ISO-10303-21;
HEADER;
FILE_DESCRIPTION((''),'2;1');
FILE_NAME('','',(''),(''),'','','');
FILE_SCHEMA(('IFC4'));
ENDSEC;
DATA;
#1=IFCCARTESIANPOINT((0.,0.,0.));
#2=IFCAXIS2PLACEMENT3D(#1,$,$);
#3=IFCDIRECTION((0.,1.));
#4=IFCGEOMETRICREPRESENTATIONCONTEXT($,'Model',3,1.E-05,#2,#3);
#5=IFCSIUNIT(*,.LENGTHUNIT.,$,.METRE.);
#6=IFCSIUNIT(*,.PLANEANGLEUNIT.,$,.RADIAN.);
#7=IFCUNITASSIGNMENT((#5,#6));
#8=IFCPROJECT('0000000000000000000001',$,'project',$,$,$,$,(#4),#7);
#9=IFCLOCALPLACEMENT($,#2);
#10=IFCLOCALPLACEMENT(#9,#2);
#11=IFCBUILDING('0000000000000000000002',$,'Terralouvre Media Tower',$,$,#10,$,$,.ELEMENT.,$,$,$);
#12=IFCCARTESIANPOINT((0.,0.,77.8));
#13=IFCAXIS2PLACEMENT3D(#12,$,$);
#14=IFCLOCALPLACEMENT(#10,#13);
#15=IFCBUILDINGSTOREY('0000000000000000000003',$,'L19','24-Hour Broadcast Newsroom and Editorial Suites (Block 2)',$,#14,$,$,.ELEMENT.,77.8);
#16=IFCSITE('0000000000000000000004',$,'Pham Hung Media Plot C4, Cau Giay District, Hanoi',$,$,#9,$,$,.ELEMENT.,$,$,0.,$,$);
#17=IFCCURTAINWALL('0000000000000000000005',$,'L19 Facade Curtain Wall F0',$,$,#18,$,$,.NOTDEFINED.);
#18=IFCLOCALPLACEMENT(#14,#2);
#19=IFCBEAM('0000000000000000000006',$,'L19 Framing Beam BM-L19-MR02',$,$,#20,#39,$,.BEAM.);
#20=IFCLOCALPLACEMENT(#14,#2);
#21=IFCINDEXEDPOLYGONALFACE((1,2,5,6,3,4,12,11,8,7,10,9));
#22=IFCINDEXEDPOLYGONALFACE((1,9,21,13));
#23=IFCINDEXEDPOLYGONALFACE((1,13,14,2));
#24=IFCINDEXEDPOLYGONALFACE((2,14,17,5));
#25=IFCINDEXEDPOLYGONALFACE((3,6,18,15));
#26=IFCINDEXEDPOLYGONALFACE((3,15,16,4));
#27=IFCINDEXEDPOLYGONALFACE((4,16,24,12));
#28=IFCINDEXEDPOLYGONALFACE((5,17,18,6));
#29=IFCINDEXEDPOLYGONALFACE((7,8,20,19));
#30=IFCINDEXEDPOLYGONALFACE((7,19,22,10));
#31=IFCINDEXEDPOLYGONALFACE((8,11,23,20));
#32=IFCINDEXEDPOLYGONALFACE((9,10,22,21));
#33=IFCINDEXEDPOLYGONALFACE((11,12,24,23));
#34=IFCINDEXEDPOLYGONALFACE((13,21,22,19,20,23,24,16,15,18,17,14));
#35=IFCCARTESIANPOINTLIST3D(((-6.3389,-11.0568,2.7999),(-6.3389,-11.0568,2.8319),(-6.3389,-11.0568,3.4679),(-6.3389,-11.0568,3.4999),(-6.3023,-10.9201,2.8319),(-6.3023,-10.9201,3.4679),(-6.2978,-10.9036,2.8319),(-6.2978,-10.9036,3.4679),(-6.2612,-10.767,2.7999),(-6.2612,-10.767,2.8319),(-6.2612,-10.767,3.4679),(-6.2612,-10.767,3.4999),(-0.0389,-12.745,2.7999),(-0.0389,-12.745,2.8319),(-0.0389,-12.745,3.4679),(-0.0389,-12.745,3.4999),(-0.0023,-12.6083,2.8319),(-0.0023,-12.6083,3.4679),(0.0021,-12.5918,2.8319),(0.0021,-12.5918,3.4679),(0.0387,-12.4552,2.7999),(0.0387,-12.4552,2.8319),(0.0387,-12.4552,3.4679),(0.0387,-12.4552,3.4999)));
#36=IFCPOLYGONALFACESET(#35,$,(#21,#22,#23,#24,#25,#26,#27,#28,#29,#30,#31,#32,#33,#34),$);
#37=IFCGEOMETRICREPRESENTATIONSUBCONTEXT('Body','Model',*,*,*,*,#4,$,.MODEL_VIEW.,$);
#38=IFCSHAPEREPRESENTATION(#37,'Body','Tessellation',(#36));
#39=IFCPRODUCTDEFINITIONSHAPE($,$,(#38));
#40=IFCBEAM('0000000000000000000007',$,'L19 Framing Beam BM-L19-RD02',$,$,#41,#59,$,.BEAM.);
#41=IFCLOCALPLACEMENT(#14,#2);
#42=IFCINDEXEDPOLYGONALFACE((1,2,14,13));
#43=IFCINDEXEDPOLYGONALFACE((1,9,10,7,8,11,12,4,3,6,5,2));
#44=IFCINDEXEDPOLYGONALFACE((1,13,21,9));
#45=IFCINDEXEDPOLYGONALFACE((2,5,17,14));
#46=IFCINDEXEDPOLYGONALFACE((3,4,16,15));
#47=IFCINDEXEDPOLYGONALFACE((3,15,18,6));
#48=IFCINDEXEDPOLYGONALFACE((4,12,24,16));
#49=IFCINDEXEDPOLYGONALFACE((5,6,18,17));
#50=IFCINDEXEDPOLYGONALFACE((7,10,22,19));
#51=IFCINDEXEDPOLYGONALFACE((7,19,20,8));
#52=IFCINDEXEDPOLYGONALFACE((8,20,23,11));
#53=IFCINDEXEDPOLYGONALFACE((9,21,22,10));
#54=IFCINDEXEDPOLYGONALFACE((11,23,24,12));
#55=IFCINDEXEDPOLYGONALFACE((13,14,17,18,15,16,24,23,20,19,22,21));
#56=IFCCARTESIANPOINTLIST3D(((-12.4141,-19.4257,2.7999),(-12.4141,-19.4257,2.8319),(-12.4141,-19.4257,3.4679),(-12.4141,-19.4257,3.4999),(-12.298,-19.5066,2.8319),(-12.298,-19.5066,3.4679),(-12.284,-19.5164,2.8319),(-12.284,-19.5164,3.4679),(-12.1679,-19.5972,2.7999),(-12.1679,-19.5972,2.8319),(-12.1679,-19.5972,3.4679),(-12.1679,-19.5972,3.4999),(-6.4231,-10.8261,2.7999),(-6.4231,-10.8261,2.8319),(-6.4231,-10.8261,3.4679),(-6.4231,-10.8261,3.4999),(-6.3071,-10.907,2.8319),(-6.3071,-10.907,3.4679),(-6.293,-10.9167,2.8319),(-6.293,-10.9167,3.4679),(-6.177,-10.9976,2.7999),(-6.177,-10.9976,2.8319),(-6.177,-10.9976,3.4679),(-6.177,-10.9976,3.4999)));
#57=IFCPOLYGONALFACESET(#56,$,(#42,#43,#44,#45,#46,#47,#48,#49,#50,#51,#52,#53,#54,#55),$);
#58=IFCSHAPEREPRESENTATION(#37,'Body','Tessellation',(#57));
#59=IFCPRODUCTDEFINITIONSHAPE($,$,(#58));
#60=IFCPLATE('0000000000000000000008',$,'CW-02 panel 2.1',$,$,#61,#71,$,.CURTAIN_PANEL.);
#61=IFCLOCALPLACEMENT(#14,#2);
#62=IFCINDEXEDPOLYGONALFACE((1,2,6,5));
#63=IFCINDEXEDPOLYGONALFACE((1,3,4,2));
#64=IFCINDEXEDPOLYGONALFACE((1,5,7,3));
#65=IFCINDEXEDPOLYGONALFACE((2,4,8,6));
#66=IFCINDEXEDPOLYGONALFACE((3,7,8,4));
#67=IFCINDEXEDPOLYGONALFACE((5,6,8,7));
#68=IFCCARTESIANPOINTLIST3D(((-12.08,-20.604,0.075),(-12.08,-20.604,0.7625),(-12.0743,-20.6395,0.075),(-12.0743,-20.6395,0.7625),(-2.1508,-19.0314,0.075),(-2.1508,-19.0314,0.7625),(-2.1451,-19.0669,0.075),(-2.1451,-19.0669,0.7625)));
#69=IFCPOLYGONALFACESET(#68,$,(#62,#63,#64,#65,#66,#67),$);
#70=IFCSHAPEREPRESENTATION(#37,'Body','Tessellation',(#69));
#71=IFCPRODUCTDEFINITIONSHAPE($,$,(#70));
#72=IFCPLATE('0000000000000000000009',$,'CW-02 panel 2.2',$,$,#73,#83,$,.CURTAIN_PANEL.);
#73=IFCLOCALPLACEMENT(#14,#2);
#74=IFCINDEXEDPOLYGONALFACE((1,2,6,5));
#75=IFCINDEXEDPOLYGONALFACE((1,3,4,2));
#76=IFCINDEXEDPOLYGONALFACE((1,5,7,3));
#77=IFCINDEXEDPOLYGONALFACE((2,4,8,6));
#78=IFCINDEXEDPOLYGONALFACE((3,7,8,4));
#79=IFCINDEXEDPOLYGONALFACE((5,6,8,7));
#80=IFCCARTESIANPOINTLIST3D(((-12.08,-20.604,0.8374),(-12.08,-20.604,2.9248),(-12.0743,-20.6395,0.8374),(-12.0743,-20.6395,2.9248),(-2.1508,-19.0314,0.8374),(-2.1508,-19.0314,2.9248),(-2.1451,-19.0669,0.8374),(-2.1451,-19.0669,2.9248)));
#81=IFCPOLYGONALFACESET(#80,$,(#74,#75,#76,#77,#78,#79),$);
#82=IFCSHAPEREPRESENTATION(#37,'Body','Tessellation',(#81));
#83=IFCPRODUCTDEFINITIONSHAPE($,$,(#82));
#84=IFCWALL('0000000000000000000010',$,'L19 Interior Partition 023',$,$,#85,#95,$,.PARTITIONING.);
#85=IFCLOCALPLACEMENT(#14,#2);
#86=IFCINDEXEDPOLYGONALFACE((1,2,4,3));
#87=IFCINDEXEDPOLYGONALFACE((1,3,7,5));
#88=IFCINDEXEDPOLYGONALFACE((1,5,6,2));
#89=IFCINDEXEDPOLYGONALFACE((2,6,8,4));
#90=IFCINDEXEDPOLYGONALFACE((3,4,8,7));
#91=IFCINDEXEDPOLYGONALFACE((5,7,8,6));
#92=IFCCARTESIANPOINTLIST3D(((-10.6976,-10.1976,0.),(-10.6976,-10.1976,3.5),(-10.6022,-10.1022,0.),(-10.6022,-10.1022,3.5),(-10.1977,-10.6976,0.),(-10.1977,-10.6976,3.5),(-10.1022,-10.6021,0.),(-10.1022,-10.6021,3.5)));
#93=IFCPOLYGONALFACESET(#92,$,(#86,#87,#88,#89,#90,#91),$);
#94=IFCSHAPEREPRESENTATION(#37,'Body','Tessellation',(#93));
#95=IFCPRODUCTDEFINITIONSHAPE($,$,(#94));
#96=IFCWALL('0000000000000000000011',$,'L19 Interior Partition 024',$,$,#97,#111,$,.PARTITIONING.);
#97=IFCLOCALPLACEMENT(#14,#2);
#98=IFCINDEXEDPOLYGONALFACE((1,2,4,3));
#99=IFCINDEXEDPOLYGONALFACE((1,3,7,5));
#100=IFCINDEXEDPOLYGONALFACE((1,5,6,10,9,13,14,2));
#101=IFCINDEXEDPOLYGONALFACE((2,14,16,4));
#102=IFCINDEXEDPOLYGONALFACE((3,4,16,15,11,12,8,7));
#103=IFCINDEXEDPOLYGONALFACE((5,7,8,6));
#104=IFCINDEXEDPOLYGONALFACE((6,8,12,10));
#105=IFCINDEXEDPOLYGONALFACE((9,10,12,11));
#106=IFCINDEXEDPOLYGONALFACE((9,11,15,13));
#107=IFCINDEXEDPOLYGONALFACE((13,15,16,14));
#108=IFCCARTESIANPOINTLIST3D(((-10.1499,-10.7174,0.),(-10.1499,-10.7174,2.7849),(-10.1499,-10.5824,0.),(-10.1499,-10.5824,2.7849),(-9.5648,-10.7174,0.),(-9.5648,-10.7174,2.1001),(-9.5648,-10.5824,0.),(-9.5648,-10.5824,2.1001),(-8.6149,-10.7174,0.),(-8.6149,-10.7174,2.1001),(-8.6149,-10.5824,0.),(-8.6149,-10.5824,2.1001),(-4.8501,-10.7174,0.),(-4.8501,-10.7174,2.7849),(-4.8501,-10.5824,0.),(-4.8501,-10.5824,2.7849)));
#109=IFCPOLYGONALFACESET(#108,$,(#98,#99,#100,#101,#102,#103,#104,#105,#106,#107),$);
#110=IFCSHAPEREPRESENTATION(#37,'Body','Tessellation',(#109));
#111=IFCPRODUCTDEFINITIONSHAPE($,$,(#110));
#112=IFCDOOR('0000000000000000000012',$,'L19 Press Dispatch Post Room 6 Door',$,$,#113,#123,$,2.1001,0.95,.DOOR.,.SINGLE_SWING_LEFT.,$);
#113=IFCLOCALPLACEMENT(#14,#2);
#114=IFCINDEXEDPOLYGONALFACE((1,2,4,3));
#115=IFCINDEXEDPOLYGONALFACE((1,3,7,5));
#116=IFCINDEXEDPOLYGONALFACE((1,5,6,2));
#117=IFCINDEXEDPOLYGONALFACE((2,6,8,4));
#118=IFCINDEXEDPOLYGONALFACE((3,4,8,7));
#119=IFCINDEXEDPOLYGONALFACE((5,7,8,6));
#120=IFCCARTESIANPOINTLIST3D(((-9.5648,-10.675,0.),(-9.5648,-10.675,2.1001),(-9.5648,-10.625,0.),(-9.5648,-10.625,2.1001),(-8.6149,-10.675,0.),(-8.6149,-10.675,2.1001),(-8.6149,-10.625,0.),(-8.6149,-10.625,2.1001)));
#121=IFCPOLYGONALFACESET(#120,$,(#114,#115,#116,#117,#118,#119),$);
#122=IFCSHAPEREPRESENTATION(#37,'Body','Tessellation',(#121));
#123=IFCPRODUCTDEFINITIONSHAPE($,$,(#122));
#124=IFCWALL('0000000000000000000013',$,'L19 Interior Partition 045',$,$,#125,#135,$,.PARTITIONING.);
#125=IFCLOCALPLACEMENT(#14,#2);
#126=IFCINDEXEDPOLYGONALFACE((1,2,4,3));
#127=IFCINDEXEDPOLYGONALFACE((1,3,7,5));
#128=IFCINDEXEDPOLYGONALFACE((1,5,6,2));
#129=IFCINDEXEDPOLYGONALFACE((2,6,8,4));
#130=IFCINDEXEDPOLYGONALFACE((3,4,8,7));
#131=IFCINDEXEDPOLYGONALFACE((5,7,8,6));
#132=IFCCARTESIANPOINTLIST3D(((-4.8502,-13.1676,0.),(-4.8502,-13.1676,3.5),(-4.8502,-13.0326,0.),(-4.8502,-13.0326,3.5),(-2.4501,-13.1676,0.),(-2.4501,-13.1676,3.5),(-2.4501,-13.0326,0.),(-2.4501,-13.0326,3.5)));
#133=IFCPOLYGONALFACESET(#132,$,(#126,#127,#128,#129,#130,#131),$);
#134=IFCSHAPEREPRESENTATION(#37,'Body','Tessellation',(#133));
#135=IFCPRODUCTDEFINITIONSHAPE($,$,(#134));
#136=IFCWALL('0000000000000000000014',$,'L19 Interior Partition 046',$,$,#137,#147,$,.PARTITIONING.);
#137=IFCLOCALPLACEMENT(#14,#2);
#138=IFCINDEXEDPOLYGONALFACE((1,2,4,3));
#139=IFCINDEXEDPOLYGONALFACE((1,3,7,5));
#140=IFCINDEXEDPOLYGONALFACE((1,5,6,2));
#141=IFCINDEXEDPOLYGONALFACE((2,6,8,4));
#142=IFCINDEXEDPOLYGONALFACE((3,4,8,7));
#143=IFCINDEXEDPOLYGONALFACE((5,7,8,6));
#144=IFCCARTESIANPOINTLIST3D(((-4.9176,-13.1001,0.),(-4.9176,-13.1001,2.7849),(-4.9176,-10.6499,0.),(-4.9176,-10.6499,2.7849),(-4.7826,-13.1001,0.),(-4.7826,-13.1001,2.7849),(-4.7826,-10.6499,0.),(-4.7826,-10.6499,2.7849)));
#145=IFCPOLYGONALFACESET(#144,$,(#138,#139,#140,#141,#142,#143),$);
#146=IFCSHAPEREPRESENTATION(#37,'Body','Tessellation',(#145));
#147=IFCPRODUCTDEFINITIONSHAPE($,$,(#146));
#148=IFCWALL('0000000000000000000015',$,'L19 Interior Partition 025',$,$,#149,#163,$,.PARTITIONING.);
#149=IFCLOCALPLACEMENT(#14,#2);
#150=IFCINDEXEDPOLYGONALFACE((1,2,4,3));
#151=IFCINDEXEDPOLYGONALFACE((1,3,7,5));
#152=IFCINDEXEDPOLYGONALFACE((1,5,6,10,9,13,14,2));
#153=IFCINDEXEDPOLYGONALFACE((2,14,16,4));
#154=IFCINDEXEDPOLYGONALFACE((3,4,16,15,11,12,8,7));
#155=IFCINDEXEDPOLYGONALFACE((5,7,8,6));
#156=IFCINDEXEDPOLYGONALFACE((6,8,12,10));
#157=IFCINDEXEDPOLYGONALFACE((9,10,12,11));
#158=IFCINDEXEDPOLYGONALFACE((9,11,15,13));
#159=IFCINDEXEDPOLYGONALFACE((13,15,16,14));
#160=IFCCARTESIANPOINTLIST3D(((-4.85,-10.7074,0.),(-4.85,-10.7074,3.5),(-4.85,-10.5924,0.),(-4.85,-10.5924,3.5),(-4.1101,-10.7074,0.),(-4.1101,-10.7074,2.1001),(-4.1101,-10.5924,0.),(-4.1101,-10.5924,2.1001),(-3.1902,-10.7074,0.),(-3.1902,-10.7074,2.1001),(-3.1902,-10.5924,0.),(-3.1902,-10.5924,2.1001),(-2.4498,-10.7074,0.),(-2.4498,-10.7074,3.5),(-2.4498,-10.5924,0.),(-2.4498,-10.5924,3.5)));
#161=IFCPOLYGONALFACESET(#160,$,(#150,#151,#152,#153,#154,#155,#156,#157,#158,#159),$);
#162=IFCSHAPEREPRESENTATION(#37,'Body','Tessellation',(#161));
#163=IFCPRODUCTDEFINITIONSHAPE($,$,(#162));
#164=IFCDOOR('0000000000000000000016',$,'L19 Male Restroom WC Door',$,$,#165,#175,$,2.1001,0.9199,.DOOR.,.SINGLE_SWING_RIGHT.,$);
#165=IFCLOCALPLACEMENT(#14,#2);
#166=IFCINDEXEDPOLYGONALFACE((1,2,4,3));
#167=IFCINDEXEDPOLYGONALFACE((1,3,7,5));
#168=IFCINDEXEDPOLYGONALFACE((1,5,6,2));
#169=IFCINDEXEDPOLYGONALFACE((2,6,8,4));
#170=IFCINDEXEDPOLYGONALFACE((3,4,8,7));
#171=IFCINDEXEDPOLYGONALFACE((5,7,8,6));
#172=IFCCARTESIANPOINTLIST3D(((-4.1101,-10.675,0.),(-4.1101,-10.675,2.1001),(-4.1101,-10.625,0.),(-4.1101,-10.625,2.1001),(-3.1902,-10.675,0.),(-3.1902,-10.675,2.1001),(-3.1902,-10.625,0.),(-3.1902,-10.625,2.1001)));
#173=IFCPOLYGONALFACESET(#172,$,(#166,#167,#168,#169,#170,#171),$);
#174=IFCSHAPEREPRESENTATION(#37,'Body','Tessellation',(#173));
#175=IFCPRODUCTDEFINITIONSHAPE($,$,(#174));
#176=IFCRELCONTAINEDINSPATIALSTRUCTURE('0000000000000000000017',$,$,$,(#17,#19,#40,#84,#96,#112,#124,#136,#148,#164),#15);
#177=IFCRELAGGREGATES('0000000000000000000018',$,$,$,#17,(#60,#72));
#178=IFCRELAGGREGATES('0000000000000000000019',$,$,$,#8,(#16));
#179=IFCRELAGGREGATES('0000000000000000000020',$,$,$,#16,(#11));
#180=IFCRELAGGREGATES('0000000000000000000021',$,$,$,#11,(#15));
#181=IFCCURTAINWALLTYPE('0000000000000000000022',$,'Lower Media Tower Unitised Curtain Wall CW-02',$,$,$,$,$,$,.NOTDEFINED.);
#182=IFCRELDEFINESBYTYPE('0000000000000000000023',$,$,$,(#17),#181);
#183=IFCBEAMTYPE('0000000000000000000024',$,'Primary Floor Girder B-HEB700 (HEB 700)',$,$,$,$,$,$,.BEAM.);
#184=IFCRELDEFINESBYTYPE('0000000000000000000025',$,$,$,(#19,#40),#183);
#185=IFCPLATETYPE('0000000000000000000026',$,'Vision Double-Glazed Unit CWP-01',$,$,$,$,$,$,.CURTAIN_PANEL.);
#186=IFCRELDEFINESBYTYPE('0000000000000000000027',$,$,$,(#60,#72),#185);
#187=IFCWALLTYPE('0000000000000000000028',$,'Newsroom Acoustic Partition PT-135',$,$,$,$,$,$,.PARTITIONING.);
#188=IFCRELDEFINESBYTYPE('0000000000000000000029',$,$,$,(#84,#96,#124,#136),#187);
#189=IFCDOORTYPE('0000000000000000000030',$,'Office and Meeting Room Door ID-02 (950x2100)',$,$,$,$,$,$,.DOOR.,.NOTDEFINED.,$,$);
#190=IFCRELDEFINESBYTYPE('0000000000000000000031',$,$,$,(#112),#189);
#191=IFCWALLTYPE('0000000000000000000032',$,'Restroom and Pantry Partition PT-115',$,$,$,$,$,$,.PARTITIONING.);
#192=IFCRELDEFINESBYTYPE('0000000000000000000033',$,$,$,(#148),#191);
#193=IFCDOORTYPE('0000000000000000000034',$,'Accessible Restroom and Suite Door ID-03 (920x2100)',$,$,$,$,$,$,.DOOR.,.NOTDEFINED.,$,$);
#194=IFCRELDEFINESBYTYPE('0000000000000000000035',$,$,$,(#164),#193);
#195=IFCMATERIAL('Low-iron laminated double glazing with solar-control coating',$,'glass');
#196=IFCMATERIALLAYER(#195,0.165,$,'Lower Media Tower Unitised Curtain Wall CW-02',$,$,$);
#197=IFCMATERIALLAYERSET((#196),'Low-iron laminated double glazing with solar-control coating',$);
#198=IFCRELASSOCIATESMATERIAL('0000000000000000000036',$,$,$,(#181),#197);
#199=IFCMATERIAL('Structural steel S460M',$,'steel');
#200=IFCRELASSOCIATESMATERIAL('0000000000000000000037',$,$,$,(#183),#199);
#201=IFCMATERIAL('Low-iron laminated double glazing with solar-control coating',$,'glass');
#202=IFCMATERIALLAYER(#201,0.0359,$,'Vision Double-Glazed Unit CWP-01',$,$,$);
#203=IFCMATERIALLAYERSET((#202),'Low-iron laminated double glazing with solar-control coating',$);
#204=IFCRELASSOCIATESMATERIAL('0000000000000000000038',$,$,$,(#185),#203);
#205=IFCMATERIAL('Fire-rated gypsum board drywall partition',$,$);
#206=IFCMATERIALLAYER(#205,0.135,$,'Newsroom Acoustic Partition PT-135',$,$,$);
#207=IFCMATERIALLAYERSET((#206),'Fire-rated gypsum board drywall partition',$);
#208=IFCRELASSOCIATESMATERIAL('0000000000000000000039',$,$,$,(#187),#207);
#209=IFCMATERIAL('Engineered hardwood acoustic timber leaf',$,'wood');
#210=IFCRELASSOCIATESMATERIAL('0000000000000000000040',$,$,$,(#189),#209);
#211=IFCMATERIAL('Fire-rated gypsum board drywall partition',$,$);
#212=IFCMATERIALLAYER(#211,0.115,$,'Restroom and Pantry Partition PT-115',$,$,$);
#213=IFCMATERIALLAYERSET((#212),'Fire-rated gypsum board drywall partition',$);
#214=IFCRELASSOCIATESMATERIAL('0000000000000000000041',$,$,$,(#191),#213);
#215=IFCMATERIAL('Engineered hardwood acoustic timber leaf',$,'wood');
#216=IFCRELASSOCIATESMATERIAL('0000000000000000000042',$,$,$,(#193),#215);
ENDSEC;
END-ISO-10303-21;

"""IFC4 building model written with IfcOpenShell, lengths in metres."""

from ifc_helpers import new_model, si_unit, direction, frame, frame_2d, origin, origin_2d, place, context, subcontext, project, spatial, rectangle, i_section, extrude, material, layer, layer_set, material_profile, profile_set, type_object, element, fill, aggregate, save


model = new_model("IFC4")

# Units and contexts
model_context = context("Model", 3, precision=1e-05, world=origin(), true_north=direction((0.0, 1.0)))
body_context = subcontext(model_context, "Body", "Model", "MODEL_VIEW")
ifc_project = project(units=[si_unit("LENGTHUNIT", "METRE"), si_unit("PLANEANGLEUNIT", "RADIAN")], contexts=[model_context])

# Site, building, storey
site_placement = place(None, origin())
site = spatial("IfcSite", under=ifc_project, at=site_placement, Name="Pham Hung Media Plot C4, Cau Giay District, Hanoi", CompositionType="ELEMENT", RefElevation=0.0)
building_placement = place(site_placement, origin())
building = spatial("IfcBuilding", under=site, at=building_placement, Name="Terralouvre Media Tower", CompositionType="ELEMENT")
storey_placement = place(building_placement, frame((0.0, 0.0, 77.8)))
storey = spatial("IfcBuildingStorey", under=building, at=storey_placement, Name="L19", Description="24-Hour Broadcast Newsroom and Editorial Suites (Block 2)", CompositionType="ELEMENT", Elevation=77.8)

# Curtain wall
ifc_material_1 = material(Name="Low-iron laminated double glazing with solar-control coating", Category="glass")
ifc_layer_1 = layer(ifc_material_1, 0.165, Name="Lower Media Tower Unitised Curtain Wall CW-02")
ifc_layer_set_1 = layer_set([ifc_layer_1], Name="Low-iron laminated double glazing with solar-control coating")
curtain_wall_type = type_object("IfcCurtainWallType", Name="Lower Media Tower Unitised Curtain Wall CW-02", PredefinedType="NOTDEFINED", material=ifc_layer_set_1)
curtain_wall_placement = place(storey_placement, origin())
curtain_wall = element("IfcCurtainWall", 1, at=curtain_wall_placement, inside=storey, type_object=curtain_wall_type, Name="L19 Facade Curtain Wall F0", PredefinedType="NOTDEFINED")

# Beams
ifc_material_2 = material(Name="Structural steel S460M", Category="steel")
ifc_material_profile_1 = material_profile(ifc_material_2, i_section(OverallWidth=0.3, OverallDepth=0.7, WebThickness=0.0171, FlangeThickness=0.032, at=origin_2d()), Name="HEB 700")
ifc_profile_set_1 = profile_set([ifc_material_profile_1], Name="Structural steel S460M")
beam_type_1 = type_object("IfcBeamType", Name="Primary Floor Girder B-HEB700 (HEB 700)", PredefinedType="BEAM", material=ifc_profile_set_1)
beam_1_placement = place(storey_placement, frame((-6.3, -10.9119, 3.1499), z_axis=(0.96592, -0.258839, 0.0), x_axis=(0.258839, 0.96592, 0.0)))
element("IfcBeam", 2, at=beam_1_placement, inside=storey, type_object=beam_type_1, Name="L19 Framing Beam BM-L19-MR02", PredefinedType="BEAM", context=body_context, shape_type="SweptSolid", body=[
    extrude(i_section(OverallWidth=0.3, OverallDepth=0.7, WebThickness=0.0171, FlangeThickness=0.032, at=origin_2d()), origin(), (0.0, 0.0, 1.0), 6.5222),
])
beam_2_placement = place(storey_placement, frame((-6.3, -10.9119, 3.1499), z_axis=(-0.571619, -0.820519, 0.0), x_axis=(0.820519, -0.571619, 0.0)))
element("IfcBeam", 3, at=beam_2_placement, inside=storey, type_object=beam_type_1, Name="L19 Framing Beam BM-L19-RD02", PredefinedType="BEAM", context=body_context, shape_type="SweptSolid", body=[
    extrude(i_section(OverallWidth=0.3, OverallDepth=0.7, WebThickness=0.0171, FlangeThickness=0.032, at=origin_2d()), origin(), (0.0, 0.0, 1.0), 10.4807),
])

# Plates
ifc_material_3 = material(Name="Low-iron laminated double glazing with solar-control coating", Category="glass")
ifc_layer_2 = layer(ifc_material_3, 0.0359, Name="Vision Double-Glazed Unit CWP-01")
ifc_layer_set_2 = layer_set([ifc_layer_2], Name="Low-iron laminated double glazing with solar-control coating")
plate_type = type_object("IfcPlateType", Name="Vision Double-Glazed Unit CWP-01", PredefinedType="CURTAIN_PANEL", material=ifc_layer_set_2)
plate_1_placement = place(storey_placement, frame((-7.1125, -19.8354, 0.075), z_axis=(0.0, 0.0, 1.0), x_axis=(0.987688, 0.156434, 0.0)))
plate_1 = element("IfcPlate", 4, at=plate_1_placement, type_object=plate_type, Name="CW-02 panel 2.1", PredefinedType="CURTAIN_PANEL", context=body_context, shape_type="SweptSolid", body=[
    extrude(rectangle(XDim=10.053, YDim=0.0359, at=origin_2d()), origin(), (0.0, 0.0, 1.0), 0.6875),
])
plate_2_placement = place(storey_placement, frame((-7.1125, -19.8354, 0.8374), z_axis=(0.0, 0.0, 1.0), x_axis=(0.987688, 0.156434, 0.0)))
plate_2 = element("IfcPlate", 5, at=plate_2_placement, type_object=plate_type, Name="CW-02 panel 2.2", PredefinedType="CURTAIN_PANEL", context=body_context, shape_type="SweptSolid", body=[
    extrude(rectangle(XDim=10.053, YDim=0.0359, at=origin_2d()), origin(), (0.0, 0.0, 1.0), 2.0874),
])
aggregate(curtain_wall, [plate_1, plate_2])

# Wall
ifc_material_4 = material(Name="Fire-rated gypsum board drywall partition")
ifc_layer_3 = layer(ifc_material_4, 0.135, Name="Newsroom Acoustic Partition PT-135")
ifc_layer_set_3 = layer_set([ifc_layer_3], Name="Fire-rated gypsum board drywall partition")
wall_type_1 = type_object("IfcWallType", Name="Newsroom Acoustic Partition PT-135", PredefinedType="PARTITIONING", material=ifc_layer_set_3)
wall_1_placement = place(storey_placement, frame((-10.6499, -10.1499, 0.0), z_axis=(0.0, 0.0, 1.0), x_axis=(0.707107, -0.707107, 0.0)))
element("IfcWall", 6, at=wall_1_placement, inside=storey, type_object=wall_type_1, Name="L19 Interior Partition 023", PredefinedType="PARTITIONING", context=body_context, shape_type="SweptSolid", body=[
    extrude(rectangle(XDim=0.707, YDim=0.135, at=frame_2d((0.3535, 0.0))), origin(), (0.0, 0.0, 1.0), 3.5),
])

# Wall, opening, door
wall_2_placement = place(storey_placement, frame((-10.1499, -10.6499, 0.0), z_axis=(0.0, 0.0, 1.0), x_axis=(1.0, 0.0, 0.0)))
wall_2 = element("IfcWall", 7, at=wall_2_placement, inside=storey, type_object=wall_type_1, Name="L19 Interior Partition 024", PredefinedType="PARTITIONING", context=body_context, shape_type="SweptSolid", body=[
    extrude(rectangle(XDim=5.2998, YDim=0.135, at=frame_2d((2.6499, 0.0))), origin(), (0.0, 0.0, 1.0), 2.7849),
])
opening_1_placement = place(wall_2_placement, frame((0.585, 0.0, 0.0)))
opening_1 = element("IfcOpeningElement", 8, at=opening_1_placement, cuts=wall_2, PredefinedType="OPENING", context=body_context, shape_type="SweptSolid", body=[
    extrude(rectangle(XDim=0.95, YDim=2.1001, at=frame_2d((0.4751, 1.05))), frame((0.0, 0.0774, 0.0), z_axis=(0.0, -1.0, 0.0), x_axis=(1.0, 0.0, 0.0)), (0.0, 0.0, 1.0), 0.155),
])
ifc_material_5 = material(Name="Engineered hardwood acoustic timber leaf", Category="wood")
door_type_1 = type_object("IfcDoorType", Name="Office and Meeting Room Door ID-02 (950x2100)", OperationType="NOTDEFINED", PredefinedType="DOOR", material=ifc_material_5)
door_1_placement = place(opening_1_placement, origin())
door_1 = element("IfcDoor", 9, at=door_1_placement, inside=storey, type_object=door_type_1, Name="L19 Press Dispatch Post Room 6 Door", OperationType="SINGLE_SWING_LEFT", OverallHeight=2.1001, OverallWidth=0.95, PredefinedType="DOOR", context=body_context, shape_type="SweptSolid", body=[
    extrude(rectangle(XDim=0.95, YDim=2.1001, at=frame_2d((0.4751, 1.05))), frame((0.0, 0.0249, 0.0), z_axis=(0.0, -1.0, 0.0), x_axis=(1.0, 0.0, 0.0)), (0.0, 0.0, 1.0), 0.05),
])
fill(opening_1, door_1)

# Walls
wall_3_placement = place(storey_placement, frame((-2.45, -13.1001, 0.0), z_axis=(0.0, 0.0, 1.0), x_axis=(-1.0, 0.0, 0.0)))
element("IfcWall", 10, at=wall_3_placement, inside=storey, type_object=wall_type_1, Name="L19 Interior Partition 045", PredefinedType="PARTITIONING", context=body_context, shape_type="SweptSolid", body=[
    extrude(rectangle(XDim=2.4001, YDim=0.135, at=frame_2d((1.2002, 0.0))), origin(), (0.0, 0.0, 1.0), 3.5),
])
wall_4_placement = place(storey_placement, frame((-4.8501, -13.1001, 0.0), z_axis=(0.0, 0.0, 1.0), x_axis=(0.0, 1.0, 0.0)))
element("IfcWall", 11, at=wall_4_placement, inside=storey, type_object=wall_type_1, Name="L19 Interior Partition 046", PredefinedType="PARTITIONING", context=body_context, shape_type="SweptSolid", body=[
    extrude(rectangle(XDim=2.4502, YDim=0.135, at=frame_2d((1.2251, 0.0))), origin(), (0.0, 0.0, 1.0), 2.7849),
])

# Wall, opening, door
ifc_material_6 = material(Name="Fire-rated gypsum board drywall partition")
ifc_layer_4 = layer(ifc_material_6, 0.115, Name="Restroom and Pantry Partition PT-115")
ifc_layer_set_4 = layer_set([ifc_layer_4], Name="Fire-rated gypsum board drywall partition")
wall_type_2 = type_object("IfcWallType", Name="Restroom and Pantry Partition PT-115", PredefinedType="PARTITIONING", material=ifc_layer_set_4)
wall_5_placement = place(storey_placement, frame((-4.8501, -10.6499, 0.0), z_axis=(0.0, 0.0, 1.0), x_axis=(1.0, 0.0, 0.0)))
wall_5 = element("IfcWall", 12, at=wall_5_placement, inside=storey, type_object=wall_type_2, Name="L19 Interior Partition 025", PredefinedType="PARTITIONING", context=body_context, shape_type="SweptSolid", body=[
    extrude(rectangle(XDim=2.4001, YDim=0.115, at=frame_2d((1.2002, 0.0))), origin(), (0.0, 0.0, 1.0), 3.5),
])
opening_2_placement = place(wall_5_placement, frame((0.74, 0.0, 0.0)))
opening_2 = element("IfcOpeningElement", 13, at=opening_2_placement, cuts=wall_5, PredefinedType="OPENING", context=body_context, shape_type="SweptSolid", body=[
    extrude(rectangle(XDim=0.9199, YDim=2.1001, at=frame_2d((0.46, 1.05))), frame((0.0, 0.0674, 0.0), z_axis=(0.0, -1.0, 0.0), x_axis=(1.0, 0.0, 0.0)), (0.0, 0.0, 1.0), 0.135),
])
ifc_material_7 = material(Name="Engineered hardwood acoustic timber leaf", Category="wood")
door_type_2 = type_object("IfcDoorType", Name="Accessible Restroom and Suite Door ID-03 (920x2100)", OperationType="NOTDEFINED", PredefinedType="DOOR", material=ifc_material_7)
door_2_placement = place(opening_2_placement, origin())
door_2 = element("IfcDoor", 14, at=door_2_placement, inside=storey, type_object=door_type_2, Name="L19 Male Restroom WC Door", OperationType="SINGLE_SWING_RIGHT", OverallHeight=2.1001, OverallWidth=0.9199, PredefinedType="DOOR", context=body_context, shape_type="SweptSolid", body=[
    extrude(rectangle(XDim=0.9199, YDim=2.1001, at=frame_2d((0.46, 1.05))), frame((0.0, 0.0249, 0.0), z_axis=(0.0, -1.0, 0.0), x_axis=(1.0, 0.0, 0.0)), (0.0, 0.0, 1.0), 0.05),
])
fill(opening_2, door_2)

save(model, "model.ifc")
